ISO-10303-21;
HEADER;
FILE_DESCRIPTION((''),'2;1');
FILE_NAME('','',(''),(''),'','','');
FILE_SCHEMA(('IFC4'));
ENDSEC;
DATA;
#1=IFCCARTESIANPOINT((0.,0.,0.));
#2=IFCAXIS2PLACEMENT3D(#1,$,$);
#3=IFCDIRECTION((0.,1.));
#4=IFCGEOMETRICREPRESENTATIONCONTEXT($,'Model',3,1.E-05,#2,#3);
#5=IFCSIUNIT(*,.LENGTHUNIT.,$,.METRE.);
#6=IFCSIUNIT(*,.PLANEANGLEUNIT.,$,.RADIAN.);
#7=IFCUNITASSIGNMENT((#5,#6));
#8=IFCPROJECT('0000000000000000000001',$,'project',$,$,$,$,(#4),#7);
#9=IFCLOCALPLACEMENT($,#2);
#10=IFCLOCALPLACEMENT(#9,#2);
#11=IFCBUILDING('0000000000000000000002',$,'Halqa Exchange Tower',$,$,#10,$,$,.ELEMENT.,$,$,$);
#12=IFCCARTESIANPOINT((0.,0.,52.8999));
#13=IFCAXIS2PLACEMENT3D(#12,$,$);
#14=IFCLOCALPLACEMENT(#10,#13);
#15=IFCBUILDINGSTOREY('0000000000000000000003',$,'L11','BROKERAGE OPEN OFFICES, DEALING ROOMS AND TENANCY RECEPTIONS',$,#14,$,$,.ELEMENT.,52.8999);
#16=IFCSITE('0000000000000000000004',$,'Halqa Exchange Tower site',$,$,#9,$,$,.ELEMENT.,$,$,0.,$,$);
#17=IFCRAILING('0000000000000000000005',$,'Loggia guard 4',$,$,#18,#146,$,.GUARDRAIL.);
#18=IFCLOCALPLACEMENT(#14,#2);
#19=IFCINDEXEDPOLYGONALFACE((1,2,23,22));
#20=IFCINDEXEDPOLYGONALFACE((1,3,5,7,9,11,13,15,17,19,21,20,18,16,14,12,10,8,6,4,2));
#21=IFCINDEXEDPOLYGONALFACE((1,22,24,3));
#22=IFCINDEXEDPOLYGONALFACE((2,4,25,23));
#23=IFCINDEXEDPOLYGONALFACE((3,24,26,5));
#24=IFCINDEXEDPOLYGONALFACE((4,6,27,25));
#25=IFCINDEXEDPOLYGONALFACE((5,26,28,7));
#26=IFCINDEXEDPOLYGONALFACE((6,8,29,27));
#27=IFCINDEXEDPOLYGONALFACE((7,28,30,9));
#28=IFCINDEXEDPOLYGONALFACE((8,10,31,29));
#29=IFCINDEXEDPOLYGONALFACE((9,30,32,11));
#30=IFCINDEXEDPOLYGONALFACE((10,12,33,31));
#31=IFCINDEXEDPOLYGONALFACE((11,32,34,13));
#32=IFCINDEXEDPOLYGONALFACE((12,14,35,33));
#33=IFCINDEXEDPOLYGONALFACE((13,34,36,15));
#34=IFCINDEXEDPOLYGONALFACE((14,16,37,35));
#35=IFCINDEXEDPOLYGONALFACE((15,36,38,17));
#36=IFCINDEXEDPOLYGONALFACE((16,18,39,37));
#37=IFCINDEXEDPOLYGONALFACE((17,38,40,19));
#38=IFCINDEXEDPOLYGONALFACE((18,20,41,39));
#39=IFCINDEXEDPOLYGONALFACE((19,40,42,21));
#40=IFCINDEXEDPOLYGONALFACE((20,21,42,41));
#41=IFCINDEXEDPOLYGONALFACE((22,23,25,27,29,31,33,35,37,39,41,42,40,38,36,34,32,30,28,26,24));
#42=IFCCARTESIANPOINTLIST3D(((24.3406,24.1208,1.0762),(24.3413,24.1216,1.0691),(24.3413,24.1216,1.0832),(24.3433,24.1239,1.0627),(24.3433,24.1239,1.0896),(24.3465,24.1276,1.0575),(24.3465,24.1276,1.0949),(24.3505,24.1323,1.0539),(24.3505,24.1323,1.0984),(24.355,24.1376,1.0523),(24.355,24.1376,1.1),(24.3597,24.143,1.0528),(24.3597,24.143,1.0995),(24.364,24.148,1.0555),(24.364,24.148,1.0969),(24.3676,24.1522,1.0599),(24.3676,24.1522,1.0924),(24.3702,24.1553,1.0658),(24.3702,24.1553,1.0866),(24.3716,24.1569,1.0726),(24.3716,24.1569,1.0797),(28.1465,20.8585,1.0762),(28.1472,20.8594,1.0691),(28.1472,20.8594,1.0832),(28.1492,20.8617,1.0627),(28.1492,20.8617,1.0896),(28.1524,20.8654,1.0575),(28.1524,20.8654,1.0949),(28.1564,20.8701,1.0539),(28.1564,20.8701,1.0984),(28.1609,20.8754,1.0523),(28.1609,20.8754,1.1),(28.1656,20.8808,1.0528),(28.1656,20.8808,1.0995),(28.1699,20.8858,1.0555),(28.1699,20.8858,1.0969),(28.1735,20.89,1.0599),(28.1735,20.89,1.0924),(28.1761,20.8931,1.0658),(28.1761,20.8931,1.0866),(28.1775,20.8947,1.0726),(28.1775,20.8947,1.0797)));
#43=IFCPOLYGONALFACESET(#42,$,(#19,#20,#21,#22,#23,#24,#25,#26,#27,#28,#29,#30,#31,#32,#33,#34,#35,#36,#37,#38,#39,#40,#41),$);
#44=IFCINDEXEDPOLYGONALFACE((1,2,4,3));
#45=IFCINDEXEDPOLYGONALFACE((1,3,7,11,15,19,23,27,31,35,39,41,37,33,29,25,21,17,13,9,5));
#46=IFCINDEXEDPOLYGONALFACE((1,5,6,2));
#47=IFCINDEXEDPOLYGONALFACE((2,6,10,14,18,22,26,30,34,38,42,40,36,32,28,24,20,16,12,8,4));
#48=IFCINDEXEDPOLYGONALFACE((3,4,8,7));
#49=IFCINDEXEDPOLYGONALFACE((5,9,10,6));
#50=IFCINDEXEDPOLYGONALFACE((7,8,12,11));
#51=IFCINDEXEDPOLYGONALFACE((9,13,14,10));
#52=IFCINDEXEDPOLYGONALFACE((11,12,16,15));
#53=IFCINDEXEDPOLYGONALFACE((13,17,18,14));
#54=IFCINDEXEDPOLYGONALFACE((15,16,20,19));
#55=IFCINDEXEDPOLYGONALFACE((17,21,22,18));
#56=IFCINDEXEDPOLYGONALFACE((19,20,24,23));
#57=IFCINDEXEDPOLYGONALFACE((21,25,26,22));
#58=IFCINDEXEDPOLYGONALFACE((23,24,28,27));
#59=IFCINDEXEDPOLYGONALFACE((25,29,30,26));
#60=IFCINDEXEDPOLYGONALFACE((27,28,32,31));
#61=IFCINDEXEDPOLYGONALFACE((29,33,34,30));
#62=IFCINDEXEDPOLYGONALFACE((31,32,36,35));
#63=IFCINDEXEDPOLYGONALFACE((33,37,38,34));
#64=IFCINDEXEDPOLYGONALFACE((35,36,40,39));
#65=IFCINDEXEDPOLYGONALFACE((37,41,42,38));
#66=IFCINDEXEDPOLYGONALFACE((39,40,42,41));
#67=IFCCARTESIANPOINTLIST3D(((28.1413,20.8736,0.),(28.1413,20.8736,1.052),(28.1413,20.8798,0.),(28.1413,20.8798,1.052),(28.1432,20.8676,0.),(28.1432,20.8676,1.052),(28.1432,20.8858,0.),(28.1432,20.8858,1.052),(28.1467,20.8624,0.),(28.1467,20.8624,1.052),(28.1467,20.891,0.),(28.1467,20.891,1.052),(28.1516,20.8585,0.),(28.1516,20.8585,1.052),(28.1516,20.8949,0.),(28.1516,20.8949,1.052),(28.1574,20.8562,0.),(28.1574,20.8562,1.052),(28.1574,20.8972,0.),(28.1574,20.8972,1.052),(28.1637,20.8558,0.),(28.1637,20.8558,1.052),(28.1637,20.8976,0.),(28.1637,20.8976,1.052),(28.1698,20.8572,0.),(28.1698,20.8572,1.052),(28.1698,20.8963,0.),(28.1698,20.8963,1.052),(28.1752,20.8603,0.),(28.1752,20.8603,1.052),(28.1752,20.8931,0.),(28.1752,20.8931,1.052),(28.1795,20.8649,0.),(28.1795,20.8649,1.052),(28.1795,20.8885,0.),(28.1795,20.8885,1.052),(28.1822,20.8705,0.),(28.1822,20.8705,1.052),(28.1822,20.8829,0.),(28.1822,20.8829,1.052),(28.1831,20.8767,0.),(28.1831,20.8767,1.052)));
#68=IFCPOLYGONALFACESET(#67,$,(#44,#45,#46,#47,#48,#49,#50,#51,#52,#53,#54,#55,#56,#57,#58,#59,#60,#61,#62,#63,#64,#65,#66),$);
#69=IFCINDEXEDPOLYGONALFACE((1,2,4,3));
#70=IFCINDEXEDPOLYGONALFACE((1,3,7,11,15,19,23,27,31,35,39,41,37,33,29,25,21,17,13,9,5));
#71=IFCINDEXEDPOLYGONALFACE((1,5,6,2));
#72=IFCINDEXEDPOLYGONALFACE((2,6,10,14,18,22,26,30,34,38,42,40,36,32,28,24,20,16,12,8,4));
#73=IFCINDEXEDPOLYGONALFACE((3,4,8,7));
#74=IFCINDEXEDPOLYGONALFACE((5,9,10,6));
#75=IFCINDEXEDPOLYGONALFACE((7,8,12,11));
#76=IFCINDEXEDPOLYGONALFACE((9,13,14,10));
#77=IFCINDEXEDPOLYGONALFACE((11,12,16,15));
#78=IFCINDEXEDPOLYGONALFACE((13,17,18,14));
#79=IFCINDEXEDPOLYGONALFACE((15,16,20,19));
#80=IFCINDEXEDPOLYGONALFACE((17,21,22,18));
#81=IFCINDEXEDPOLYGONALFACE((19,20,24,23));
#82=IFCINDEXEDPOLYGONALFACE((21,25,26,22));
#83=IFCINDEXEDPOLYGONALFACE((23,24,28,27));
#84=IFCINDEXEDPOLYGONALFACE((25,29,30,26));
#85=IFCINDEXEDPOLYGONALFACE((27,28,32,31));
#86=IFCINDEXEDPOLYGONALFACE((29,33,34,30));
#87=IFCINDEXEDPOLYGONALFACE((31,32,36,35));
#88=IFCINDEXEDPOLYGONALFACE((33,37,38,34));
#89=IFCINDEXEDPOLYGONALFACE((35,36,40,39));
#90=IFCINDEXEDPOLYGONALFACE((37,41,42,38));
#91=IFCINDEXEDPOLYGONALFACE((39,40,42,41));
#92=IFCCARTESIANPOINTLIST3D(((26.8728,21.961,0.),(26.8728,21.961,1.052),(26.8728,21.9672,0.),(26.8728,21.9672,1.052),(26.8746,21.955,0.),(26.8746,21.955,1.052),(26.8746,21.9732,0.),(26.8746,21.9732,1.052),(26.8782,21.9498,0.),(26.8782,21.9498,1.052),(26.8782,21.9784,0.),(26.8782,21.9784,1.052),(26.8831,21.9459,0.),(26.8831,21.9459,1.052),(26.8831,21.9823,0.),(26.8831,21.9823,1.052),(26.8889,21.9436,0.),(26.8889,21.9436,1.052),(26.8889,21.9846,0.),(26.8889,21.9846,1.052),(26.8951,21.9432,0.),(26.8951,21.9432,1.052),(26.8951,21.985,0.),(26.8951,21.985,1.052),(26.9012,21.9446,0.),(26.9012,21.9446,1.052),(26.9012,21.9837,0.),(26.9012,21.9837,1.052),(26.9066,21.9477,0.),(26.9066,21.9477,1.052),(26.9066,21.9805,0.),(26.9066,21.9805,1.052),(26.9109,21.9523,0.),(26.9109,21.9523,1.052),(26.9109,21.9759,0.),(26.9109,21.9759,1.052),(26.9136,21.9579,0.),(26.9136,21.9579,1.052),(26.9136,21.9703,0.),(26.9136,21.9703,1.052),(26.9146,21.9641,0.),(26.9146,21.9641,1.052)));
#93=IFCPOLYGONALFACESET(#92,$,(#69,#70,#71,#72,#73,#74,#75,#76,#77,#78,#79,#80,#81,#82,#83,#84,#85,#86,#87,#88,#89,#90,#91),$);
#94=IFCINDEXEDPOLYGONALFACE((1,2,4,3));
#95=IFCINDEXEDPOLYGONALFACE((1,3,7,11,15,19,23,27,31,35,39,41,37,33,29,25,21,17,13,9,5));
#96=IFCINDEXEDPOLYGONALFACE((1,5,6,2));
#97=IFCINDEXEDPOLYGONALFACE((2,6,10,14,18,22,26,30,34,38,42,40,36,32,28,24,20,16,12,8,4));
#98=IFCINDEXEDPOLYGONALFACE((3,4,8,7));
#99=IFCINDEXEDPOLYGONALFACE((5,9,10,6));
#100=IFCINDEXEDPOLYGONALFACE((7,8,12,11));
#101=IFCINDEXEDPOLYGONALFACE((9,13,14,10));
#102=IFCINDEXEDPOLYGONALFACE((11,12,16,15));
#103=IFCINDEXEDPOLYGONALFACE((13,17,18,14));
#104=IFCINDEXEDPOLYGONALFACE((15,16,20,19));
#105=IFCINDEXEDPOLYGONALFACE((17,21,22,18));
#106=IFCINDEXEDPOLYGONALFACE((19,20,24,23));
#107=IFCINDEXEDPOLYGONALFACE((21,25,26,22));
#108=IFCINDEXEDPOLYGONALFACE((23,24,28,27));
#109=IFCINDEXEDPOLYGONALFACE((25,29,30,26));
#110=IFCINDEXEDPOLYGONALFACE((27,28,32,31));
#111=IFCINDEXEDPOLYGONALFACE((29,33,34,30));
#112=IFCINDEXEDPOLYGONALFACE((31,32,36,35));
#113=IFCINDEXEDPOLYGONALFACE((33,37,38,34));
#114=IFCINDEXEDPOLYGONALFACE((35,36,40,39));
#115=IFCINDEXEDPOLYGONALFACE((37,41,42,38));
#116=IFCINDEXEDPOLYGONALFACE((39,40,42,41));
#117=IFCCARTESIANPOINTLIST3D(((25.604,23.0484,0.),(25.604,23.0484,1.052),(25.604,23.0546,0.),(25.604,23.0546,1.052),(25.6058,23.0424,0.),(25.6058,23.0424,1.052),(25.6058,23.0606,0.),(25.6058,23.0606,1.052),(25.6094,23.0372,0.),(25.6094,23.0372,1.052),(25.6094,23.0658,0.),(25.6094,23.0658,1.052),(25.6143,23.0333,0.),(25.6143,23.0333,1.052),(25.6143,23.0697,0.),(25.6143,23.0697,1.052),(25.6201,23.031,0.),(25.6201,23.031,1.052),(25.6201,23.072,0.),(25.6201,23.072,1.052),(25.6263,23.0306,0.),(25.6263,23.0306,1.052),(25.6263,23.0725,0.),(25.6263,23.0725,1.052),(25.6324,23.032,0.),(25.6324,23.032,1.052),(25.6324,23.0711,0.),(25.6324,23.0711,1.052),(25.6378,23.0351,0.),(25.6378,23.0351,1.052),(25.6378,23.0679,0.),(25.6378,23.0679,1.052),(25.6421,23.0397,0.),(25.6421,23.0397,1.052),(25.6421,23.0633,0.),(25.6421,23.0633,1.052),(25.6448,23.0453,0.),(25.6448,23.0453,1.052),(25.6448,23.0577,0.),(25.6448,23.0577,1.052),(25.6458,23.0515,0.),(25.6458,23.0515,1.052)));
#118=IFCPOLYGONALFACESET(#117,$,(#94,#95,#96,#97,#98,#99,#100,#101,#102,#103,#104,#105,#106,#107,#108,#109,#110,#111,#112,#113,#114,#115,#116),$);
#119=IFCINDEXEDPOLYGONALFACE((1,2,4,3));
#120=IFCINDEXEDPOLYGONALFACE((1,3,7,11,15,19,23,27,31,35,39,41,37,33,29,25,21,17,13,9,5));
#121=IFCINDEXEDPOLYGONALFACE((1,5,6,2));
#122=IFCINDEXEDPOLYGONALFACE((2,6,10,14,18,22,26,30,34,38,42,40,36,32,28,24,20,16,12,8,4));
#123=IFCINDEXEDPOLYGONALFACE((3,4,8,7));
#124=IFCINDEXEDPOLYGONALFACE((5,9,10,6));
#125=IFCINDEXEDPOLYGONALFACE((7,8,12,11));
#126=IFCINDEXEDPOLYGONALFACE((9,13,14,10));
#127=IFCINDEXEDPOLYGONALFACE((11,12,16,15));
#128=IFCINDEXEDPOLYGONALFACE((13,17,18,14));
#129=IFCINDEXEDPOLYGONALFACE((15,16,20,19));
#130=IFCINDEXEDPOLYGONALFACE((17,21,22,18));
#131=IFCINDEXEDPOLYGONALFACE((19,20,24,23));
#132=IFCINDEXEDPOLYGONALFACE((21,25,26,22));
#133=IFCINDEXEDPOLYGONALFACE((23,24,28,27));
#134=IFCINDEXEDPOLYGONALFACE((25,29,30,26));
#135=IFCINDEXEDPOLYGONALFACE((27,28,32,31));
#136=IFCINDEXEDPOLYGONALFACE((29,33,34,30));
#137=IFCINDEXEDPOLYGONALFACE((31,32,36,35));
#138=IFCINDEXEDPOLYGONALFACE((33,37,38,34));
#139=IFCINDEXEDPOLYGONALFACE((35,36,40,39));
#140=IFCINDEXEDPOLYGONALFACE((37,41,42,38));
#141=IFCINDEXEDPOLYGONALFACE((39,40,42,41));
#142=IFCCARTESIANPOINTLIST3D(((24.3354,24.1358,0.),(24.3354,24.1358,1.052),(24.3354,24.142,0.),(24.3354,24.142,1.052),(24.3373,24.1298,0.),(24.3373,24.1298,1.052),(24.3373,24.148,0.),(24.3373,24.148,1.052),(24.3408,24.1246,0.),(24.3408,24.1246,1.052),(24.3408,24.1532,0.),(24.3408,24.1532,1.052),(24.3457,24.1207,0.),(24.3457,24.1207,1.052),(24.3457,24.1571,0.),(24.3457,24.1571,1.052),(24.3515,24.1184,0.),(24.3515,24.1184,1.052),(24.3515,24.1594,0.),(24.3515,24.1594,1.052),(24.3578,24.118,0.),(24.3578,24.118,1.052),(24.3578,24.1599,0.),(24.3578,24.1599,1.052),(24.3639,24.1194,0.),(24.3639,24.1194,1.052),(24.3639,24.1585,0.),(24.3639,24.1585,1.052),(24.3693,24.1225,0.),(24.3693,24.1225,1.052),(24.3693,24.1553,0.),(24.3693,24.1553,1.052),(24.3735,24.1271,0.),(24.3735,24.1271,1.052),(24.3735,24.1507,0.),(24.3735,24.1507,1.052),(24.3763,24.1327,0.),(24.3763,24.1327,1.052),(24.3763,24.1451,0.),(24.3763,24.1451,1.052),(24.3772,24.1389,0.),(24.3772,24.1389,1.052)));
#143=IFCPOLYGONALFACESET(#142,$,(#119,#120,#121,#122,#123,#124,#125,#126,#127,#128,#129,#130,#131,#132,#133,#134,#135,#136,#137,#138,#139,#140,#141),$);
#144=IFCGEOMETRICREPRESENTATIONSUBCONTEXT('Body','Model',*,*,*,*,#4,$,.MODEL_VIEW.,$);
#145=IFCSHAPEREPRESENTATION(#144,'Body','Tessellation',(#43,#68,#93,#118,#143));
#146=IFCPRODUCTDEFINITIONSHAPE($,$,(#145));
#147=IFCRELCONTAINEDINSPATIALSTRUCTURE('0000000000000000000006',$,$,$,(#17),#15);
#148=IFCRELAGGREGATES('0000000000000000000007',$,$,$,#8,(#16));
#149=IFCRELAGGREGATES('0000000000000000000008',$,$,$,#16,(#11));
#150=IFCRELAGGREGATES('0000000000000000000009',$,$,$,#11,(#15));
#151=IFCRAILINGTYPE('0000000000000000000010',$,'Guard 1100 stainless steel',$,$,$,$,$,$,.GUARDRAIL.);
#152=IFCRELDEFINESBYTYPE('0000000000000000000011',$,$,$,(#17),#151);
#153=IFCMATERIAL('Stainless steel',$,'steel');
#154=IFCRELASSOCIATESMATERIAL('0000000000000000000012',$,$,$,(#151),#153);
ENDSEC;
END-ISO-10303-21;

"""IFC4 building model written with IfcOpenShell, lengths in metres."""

from ifc_helpers import new_model, si_unit, direction, frame, origin, origin_2d, place, context, subcontext, project, spatial, circle, extrude, material, type_object, element, save


model = new_model("IFC4")

# Units and contexts
model_context = context("Model", 3, precision=1e-05, world=origin(), true_north=direction((0.0, 1.0)))
body_context = subcontext(model_context, "Body", "Model", "MODEL_VIEW")
ifc_project = project(units=[si_unit("LENGTHUNIT", "METRE"), si_unit("PLANEANGLEUNIT", "RADIAN")], contexts=[model_context])

# Site, building, storey
site_placement = place(None, origin())
site = spatial("IfcSite", under=ifc_project, at=site_placement, Name="Halqa Exchange Tower site", CompositionType="ELEMENT", RefElevation=0.0)
building_placement = place(site_placement, origin())
building = spatial("IfcBuilding", under=site, at=building_placement, Name="Halqa Exchange Tower", CompositionType="ELEMENT")
storey_placement = place(building_placement, frame((0.0, 0.0, 52.8999)))
storey = spatial("IfcBuildingStorey", under=building, at=storey_placement, Name="L11", Description="BROKERAGE OPEN OFFICES, DEALING ROOMS AND TENANCY RECEPTIONS", CompositionType="ELEMENT", Elevation=52.8999)

# Railing
ifc_material_1 = material(Name="Stainless steel", Category="steel")
railing_type = type_object("IfcRailingType", Name="Guard 1100 stainless steel", PredefinedType="GUARDRAIL", material=ifc_material_1)
railing_1_placement = place(storey_placement, frame((28.1621, 20.8767, 0.0)))
element("IfcRailing", 1, at=railing_1_placement, inside=storey, type_object=railing_type, Name="Loggia guard 4", PredefinedType="GUARDRAIL", context=body_context, shape_type="SweptSolid", body=[
    extrude(circle(Radius=0.0239, at=origin_2d()), frame((0.0, 0.0, 1.0762), z_axis=(-0.759257, 0.650791, 0.0), x_axis=(-0.650791, -0.759257, 0.0)), (0.0, 0.0, 1.0), 5.0127),
    extrude(circle(Radius=0.021, at=origin_2d()), origin(), (0.0, 0.0, 1.0), 1.052),
    extrude(circle(Radius=0.021, at=origin_2d()), frame((-1.2686, 1.0874, 0.0)), (0.0, 0.0, 1.0), 1.052),
    extrude(circle(Radius=0.021, at=origin_2d()), frame((-2.5374, 2.1748, 0.0)), (0.0, 0.0, 1.0), 1.052),
    extrude(circle(Radius=0.021, at=origin_2d()), frame((-3.8059, 3.2622, 0.0)), (0.0, 0.0, 1.0), 1.052),
])

save(model, "model.ifc")
